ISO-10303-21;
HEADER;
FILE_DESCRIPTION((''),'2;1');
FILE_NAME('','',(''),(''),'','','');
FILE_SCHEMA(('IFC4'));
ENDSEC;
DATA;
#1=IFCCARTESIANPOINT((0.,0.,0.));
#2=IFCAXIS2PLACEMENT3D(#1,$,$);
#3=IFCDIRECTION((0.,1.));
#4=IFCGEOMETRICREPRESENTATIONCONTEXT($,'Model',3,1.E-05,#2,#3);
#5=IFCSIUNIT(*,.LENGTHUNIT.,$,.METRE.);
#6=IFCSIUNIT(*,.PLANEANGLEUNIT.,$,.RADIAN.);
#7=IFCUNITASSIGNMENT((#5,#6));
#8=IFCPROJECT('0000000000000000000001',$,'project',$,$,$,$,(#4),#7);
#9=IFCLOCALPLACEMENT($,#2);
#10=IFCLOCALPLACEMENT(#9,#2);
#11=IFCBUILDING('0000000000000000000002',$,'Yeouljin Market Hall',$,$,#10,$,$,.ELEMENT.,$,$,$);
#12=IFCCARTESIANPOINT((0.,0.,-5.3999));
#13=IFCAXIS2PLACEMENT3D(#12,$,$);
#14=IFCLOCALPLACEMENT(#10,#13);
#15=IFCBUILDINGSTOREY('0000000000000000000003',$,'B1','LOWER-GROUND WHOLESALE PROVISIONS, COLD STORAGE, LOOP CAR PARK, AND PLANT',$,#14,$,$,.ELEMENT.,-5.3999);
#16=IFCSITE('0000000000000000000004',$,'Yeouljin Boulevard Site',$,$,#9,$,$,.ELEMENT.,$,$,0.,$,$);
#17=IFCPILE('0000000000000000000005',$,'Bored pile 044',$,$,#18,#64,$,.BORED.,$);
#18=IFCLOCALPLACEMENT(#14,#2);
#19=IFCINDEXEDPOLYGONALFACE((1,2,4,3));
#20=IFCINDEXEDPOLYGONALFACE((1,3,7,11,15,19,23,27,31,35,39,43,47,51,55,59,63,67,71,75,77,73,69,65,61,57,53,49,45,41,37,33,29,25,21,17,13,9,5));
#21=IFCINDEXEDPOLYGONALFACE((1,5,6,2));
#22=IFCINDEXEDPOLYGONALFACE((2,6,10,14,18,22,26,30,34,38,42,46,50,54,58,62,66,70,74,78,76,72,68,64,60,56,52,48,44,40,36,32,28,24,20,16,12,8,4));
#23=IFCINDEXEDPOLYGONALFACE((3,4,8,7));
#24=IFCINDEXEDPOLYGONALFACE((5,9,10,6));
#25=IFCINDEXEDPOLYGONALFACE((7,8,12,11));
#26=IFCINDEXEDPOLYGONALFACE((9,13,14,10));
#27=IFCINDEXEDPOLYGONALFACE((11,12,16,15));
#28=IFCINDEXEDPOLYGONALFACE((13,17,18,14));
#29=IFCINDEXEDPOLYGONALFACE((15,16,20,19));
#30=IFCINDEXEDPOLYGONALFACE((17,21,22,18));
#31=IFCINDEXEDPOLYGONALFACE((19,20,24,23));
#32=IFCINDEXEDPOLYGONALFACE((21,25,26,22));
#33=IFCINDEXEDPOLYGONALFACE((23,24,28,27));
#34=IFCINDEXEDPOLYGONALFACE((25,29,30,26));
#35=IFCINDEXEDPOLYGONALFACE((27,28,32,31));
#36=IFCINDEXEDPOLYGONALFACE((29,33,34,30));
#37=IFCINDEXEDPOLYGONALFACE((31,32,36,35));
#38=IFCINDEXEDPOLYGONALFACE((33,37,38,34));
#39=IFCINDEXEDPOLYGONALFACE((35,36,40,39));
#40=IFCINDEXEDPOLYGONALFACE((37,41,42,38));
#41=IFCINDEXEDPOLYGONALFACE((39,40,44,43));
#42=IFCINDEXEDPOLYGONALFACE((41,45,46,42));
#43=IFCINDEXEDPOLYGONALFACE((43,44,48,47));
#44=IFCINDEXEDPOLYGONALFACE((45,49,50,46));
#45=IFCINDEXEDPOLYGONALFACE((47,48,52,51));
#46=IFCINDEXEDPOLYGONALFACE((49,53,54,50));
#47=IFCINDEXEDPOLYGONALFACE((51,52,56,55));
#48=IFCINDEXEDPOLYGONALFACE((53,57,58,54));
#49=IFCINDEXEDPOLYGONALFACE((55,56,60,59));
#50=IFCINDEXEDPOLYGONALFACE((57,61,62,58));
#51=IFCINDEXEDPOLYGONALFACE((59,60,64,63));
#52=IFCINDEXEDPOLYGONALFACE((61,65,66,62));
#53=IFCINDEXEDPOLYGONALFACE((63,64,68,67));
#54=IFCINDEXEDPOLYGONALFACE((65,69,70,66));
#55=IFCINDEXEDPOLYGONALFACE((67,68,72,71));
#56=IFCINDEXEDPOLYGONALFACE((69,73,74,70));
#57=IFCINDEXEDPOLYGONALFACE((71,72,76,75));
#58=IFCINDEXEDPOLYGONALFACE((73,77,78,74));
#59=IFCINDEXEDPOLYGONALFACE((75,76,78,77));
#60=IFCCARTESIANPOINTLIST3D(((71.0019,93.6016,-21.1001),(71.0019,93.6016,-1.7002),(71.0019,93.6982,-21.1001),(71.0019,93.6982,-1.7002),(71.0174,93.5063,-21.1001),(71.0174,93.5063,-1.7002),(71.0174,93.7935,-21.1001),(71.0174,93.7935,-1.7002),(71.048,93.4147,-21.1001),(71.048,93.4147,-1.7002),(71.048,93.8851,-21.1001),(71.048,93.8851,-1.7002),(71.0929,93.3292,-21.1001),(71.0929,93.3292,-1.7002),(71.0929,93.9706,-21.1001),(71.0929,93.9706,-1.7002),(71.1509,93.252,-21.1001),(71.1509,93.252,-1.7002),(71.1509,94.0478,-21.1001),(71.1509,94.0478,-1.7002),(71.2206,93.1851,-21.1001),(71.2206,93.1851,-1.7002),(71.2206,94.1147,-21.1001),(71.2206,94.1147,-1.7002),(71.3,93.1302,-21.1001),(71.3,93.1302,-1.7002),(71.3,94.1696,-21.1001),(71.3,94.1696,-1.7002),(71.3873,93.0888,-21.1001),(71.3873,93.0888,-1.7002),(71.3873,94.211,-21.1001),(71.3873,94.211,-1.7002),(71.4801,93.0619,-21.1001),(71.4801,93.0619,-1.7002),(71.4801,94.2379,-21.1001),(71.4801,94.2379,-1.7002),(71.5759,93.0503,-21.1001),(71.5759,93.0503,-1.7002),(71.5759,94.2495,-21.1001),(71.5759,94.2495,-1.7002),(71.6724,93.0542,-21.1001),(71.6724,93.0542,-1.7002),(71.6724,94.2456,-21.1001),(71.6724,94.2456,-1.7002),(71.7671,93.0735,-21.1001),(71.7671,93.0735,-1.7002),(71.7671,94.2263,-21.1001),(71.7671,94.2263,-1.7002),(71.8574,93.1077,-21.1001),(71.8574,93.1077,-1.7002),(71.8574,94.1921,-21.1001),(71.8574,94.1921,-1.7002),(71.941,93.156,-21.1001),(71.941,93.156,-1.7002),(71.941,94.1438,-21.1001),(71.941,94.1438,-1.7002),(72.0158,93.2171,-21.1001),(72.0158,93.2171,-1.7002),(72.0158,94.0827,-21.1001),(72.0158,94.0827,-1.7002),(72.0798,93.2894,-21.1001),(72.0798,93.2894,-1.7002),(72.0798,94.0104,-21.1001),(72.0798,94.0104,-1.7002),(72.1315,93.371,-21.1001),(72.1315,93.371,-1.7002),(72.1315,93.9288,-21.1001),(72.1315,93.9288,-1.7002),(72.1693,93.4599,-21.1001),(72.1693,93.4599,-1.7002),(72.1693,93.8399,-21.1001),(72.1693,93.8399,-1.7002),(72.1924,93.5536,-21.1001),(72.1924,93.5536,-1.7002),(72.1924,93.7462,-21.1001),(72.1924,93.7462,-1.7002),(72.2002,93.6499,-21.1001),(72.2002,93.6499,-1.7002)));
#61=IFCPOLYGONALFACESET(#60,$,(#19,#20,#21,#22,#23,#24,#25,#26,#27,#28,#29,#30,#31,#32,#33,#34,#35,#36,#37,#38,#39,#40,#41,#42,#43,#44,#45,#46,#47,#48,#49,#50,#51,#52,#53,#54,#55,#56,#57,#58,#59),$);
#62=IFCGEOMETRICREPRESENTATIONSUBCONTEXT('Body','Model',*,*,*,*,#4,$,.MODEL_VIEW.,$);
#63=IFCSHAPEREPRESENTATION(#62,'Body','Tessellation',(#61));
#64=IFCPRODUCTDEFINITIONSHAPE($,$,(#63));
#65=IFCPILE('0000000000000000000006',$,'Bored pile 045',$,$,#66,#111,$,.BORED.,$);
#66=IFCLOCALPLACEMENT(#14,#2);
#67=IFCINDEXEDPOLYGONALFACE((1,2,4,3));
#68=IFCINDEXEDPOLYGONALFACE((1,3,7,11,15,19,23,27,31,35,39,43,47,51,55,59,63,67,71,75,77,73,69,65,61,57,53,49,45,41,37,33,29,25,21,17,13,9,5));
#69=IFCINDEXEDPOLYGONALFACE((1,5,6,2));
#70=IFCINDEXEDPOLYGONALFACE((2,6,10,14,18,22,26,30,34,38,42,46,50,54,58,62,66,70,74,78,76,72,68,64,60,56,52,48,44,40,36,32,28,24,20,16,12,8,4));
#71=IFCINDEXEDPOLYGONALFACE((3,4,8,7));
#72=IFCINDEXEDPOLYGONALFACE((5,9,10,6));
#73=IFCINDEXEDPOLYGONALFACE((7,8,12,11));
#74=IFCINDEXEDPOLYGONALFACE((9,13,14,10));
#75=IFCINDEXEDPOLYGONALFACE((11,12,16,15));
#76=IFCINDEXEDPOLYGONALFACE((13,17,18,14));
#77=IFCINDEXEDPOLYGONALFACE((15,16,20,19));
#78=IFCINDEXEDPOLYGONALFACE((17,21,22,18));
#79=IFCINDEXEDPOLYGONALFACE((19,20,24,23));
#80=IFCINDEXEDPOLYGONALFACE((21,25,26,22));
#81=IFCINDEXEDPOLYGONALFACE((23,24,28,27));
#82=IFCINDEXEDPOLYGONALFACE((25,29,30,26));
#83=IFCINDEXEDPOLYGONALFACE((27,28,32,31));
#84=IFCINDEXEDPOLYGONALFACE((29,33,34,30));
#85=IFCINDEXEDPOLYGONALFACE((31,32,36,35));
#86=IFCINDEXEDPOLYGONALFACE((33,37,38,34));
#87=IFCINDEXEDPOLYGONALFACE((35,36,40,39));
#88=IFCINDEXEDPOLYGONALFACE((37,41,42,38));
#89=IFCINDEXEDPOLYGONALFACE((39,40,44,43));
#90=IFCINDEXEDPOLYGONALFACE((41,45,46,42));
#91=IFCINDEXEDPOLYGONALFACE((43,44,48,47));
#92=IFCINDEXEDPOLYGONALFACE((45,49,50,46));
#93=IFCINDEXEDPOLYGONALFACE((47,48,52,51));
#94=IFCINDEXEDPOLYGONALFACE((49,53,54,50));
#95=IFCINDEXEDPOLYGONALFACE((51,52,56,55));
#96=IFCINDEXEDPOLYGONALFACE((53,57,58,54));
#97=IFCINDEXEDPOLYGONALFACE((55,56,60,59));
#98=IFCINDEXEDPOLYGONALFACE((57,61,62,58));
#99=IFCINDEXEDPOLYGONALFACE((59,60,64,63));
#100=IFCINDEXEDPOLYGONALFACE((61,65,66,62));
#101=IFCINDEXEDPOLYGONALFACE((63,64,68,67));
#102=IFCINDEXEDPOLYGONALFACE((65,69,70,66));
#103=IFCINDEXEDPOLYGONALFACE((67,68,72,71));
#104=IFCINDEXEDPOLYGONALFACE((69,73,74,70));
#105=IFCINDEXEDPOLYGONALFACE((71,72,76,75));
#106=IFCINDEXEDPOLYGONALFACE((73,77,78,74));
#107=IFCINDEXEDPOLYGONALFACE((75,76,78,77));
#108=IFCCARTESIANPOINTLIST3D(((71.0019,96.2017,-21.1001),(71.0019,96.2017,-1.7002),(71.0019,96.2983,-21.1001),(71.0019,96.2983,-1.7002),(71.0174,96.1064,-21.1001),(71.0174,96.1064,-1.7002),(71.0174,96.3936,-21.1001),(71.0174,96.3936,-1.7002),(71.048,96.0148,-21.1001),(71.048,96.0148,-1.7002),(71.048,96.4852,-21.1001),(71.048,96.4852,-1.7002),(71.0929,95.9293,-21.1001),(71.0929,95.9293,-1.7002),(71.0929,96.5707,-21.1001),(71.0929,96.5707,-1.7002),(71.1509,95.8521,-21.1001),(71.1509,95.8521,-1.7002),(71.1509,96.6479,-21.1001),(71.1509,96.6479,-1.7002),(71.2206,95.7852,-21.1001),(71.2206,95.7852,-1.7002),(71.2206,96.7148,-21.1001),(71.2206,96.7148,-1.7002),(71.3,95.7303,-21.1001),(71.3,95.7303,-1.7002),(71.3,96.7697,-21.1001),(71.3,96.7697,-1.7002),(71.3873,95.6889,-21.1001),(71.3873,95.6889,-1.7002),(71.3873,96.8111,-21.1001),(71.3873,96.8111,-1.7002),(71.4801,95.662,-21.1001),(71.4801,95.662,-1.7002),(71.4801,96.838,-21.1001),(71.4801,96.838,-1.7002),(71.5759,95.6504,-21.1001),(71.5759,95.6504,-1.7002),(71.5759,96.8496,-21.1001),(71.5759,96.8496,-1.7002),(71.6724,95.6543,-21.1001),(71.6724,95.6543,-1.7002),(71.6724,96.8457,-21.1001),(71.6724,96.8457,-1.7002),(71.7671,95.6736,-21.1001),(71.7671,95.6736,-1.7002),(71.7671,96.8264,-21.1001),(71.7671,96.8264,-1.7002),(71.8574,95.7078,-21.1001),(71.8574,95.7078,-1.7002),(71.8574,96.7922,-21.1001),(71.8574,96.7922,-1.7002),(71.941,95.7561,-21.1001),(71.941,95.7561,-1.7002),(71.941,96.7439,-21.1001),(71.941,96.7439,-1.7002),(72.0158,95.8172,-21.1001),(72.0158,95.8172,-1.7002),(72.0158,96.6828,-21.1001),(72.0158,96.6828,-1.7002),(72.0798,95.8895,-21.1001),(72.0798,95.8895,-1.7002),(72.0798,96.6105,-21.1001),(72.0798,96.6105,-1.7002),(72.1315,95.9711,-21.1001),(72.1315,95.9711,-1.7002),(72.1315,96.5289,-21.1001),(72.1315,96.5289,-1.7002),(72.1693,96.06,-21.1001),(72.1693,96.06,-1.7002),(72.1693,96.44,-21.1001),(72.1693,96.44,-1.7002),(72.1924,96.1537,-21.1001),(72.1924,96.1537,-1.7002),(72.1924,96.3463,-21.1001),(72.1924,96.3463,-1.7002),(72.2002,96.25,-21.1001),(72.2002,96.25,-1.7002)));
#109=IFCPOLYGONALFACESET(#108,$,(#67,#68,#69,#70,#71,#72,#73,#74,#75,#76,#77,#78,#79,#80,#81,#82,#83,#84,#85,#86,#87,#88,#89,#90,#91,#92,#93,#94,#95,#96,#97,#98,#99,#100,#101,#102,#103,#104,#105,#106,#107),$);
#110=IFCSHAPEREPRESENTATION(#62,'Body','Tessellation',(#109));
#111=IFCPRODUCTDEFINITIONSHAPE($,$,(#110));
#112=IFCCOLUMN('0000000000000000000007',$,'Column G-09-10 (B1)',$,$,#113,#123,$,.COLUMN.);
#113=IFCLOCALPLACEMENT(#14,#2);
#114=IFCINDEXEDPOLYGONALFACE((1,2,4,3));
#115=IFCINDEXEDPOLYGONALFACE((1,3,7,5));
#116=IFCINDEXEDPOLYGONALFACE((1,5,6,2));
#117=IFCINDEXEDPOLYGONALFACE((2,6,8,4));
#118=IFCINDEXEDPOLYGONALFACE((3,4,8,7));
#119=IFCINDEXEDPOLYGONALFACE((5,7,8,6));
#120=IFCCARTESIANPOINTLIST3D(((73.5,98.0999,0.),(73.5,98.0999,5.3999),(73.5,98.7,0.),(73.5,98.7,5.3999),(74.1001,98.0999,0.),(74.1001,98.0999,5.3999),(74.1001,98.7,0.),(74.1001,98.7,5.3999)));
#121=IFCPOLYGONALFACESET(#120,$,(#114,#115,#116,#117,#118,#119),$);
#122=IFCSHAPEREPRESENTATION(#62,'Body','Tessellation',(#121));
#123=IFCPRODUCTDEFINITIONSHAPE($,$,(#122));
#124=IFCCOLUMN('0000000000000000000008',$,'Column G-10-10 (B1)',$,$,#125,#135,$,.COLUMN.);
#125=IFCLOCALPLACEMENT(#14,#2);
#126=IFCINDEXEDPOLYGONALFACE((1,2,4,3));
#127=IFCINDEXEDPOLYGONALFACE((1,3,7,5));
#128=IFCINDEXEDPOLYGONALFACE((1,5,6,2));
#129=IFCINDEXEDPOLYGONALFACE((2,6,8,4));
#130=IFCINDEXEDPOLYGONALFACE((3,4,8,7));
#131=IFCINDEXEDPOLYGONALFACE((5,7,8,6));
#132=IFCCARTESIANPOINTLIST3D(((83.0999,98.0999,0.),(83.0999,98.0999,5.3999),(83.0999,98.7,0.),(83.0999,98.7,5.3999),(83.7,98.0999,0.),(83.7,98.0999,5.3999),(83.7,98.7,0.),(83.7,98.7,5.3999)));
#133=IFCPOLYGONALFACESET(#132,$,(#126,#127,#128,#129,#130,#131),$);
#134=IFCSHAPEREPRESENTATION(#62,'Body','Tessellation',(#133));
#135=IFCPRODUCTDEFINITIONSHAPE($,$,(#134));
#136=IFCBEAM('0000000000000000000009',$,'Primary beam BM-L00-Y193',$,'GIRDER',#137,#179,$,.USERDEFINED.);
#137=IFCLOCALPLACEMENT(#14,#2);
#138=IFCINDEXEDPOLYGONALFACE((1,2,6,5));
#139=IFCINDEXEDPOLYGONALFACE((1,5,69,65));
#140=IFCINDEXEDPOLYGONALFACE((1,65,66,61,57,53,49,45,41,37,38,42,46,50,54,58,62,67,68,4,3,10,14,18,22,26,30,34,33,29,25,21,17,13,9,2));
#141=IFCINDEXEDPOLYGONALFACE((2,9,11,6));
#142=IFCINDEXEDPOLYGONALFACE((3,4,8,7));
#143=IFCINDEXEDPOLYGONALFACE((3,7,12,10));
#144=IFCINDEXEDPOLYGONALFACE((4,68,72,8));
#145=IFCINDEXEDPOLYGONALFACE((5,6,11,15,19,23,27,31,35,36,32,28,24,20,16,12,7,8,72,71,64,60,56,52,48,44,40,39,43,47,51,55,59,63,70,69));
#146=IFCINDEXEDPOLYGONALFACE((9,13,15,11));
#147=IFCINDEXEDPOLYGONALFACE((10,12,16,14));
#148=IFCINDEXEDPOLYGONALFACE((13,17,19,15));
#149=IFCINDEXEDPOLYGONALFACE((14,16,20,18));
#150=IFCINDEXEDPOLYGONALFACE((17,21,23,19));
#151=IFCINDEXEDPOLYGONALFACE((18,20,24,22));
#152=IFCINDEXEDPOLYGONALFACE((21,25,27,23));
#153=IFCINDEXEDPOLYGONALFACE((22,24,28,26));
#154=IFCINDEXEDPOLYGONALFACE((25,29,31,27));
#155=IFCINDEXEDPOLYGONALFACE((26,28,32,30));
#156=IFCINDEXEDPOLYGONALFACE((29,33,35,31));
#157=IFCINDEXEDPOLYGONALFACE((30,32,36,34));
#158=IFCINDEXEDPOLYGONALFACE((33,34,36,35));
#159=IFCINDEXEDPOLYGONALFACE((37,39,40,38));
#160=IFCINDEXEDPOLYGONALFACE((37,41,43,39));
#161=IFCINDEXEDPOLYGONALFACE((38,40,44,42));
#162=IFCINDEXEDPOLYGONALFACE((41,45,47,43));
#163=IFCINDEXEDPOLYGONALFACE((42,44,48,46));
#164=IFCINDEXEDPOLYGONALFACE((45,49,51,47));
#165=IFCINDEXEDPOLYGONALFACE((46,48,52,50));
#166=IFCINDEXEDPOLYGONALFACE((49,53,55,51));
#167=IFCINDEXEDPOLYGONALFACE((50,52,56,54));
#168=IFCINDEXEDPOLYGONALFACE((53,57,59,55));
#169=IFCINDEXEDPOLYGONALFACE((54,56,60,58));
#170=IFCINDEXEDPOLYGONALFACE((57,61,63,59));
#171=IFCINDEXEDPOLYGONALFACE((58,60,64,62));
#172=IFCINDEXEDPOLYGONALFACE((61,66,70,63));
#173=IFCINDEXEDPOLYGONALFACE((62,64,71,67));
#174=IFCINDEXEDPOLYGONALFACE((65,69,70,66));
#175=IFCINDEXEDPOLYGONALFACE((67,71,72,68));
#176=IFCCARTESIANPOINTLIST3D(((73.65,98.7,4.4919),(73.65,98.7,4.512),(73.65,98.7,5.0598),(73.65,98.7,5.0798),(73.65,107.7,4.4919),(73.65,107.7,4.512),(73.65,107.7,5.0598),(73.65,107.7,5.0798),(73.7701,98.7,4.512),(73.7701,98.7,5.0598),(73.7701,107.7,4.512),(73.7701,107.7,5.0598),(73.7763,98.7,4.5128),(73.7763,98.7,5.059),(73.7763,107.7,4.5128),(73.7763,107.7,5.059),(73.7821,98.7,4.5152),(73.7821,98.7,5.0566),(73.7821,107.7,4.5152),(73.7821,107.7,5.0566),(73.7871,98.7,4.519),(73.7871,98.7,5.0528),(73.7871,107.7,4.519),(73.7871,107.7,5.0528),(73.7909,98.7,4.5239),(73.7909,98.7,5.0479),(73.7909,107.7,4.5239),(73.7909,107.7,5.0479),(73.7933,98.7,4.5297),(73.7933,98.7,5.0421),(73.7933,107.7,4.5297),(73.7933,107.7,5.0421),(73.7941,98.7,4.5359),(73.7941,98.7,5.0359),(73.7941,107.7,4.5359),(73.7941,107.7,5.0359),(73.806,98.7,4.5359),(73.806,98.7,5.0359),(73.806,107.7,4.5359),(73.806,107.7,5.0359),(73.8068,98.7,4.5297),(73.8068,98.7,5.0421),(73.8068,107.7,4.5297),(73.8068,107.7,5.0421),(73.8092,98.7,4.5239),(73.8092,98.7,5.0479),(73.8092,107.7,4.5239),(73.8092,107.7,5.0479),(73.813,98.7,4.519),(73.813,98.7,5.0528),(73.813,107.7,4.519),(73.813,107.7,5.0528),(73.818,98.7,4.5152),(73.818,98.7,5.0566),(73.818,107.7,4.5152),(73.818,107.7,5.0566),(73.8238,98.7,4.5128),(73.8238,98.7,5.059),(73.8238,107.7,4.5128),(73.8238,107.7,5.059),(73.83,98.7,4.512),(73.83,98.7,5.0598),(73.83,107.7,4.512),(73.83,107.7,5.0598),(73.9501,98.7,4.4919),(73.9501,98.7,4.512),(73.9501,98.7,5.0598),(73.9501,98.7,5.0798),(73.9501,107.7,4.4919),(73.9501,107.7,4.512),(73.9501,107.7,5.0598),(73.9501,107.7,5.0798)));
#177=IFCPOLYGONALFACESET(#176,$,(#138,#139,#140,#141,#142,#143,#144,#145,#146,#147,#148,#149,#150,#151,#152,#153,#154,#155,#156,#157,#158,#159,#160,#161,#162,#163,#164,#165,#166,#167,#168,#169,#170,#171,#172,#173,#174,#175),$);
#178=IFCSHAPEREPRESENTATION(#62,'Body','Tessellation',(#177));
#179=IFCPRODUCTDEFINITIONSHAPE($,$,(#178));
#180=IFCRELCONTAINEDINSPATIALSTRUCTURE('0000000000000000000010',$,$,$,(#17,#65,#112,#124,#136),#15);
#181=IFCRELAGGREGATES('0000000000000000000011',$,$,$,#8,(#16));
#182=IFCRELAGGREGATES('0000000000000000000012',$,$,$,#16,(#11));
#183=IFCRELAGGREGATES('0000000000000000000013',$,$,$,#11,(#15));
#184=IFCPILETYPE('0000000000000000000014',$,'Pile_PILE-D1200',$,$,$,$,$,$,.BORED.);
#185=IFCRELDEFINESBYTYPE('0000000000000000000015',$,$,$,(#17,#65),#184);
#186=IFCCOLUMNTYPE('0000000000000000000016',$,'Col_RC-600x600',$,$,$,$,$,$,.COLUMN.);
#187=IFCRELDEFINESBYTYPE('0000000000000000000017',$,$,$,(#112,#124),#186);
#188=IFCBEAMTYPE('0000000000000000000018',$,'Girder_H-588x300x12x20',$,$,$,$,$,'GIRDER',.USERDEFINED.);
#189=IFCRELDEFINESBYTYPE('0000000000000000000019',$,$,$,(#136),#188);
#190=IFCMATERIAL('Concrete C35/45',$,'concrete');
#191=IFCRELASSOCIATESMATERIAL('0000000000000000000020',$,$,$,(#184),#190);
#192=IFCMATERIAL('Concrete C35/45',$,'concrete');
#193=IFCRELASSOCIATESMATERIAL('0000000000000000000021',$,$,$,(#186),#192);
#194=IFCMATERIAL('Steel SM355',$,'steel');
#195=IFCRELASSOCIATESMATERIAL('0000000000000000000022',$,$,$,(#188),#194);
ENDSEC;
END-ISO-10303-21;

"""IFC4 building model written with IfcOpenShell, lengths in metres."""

from ifc_helpers import new_model, si_unit, direction, frame, origin, origin_2d, place, context, subcontext, project, spatial, rectangle, circle, i_section, extrude, material, material_profile, profile_set, type_object, element, save


model = new_model("IFC4")

# Units and contexts
model_context = context("Model", 3, precision=1e-05, world=origin(), true_north=direction((0.0, 1.0)))
body_context = subcontext(model_context, "Body", "Model", "MODEL_VIEW")
ifc_project = project(units=[si_unit("LENGTHUNIT", "METRE"), si_unit("PLANEANGLEUNIT", "RADIAN")], contexts=[model_context])

# Site, building, storey
site_placement = place(None, origin())
site = spatial("IfcSite", under=ifc_project, at=site_placement, Name="Yeouljin Boulevard Site", CompositionType="ELEMENT", RefElevation=0.0)
building_placement = place(site_placement, origin())
building = spatial("IfcBuilding", under=site, at=building_placement, Name="Yeouljin Market Hall", CompositionType="ELEMENT")
storey_placement = place(building_placement, frame((0.0, 0.0, -5.3999)))
storey = spatial("IfcBuildingStorey", under=building, at=storey_placement, Name="B1", Description="LOWER-GROUND WHOLESALE PROVISIONS, COLD STORAGE, LOOP CAR PARK, AND PLANT", CompositionType="ELEMENT", Elevation=-5.3999)

# Piles
ifc_material_1 = material(Name="Concrete C35/45", Category="concrete")
ifc_material_profile_1 = material_profile(ifc_material_1, circle(Radius=0.6001, at=origin_2d()), Name="PILE-D1200")
ifc_profile_set_1 = profile_set([ifc_material_profile_1], Name="Concrete C35/45")
pile_type = type_object("IfcPileType", Name="Pile_PILE-D1200", PredefinedType="BORED", material=ifc_profile_set_1)
for number, where, z_axis, x_axis, name in (
    (1, (71.6001, 93.6499, -1.7002), (0.0, 0.0, -1.0), (1.0, 0.0, 0.0), "Bored pile 044"),
    (2, (71.6001, 96.25, -1.7002), (0.0, 0.0, -1.0), (1.0, 0.0, 0.0), "Bored pile 045"),
):
    element("IfcPile", number, at=place(storey_placement, frame(where, z_axis=z_axis, x_axis=x_axis)), inside=storey, type_object=pile_type, Name=name, PredefinedType="BORED", context=body_context, shape_type="SweptSolid", body=[
        extrude(circle(Radius=0.6001, at=origin_2d()), origin(), (0.0, 0.0, 1.0), 19.3999),
    ])

# Columns
ifc_material_2 = material(Name="Concrete C35/45", Category="concrete")
ifc_material_profile_2 = material_profile(ifc_material_2, rectangle(XDim=0.6001, YDim=0.6001, at=origin_2d()), Name="RC-600x600")
ifc_profile_set_2 = profile_set([ifc_material_profile_2], Name="Concrete C35/45")
column_type = type_object("IfcColumnType", Name="Col_RC-600x600", PredefinedType="COLUMN", material=ifc_profile_set_2)
for number, where, z_axis, x_axis, name in (
    (3, (73.8, 98.3999, 0.0), (0.0, 0.0, 1.0), (1.0, 0.0, 0.0), "Column G-09-10 (B1)"),
    (4, (83.3999, 98.3999, 0.0), (0.0, 0.0, 1.0), (1.0, 0.0, 0.0), "Column G-10-10 (B1)"),
):
    element("IfcColumn", number, at=place(storey_placement, frame(where, z_axis=z_axis, x_axis=x_axis)), inside=storey, type_object=column_type, Name=name, PredefinedType="COLUMN", context=body_context, shape_type="SweptSolid", body=[
        extrude(rectangle(XDim=0.6001, YDim=0.6001, at=origin_2d()), origin(), (0.0, 0.0, 1.0), 5.3999),
    ])

# Beam
ifc_material_3 = material(Name="Steel SM355", Category="steel")
ifc_material_profile_3 = material_profile(ifc_material_3, i_section(OverallWidth=0.3, OverallDepth=0.5879, WebThickness=0.012, FlangeThickness=0.02, FilletRadius=0.0239, at=origin_2d()), Name="H-588x300x12x20")
ifc_profile_set_3 = profile_set([ifc_material_profile_3], Name="Steel SM355")
beam_type_1 = type_object("IfcBeamType", Name="Girder_H-588x300x12x20", ElementType="GIRDER", PredefinedType="USERDEFINED", material=ifc_profile_set_3)
beam_1_placement = place(storey_placement, frame((73.8, 98.7, 4.7859), z_axis=(0.0, 1.0, 0.0), x_axis=(-1.0, 0.0, 0.0)))
element("IfcBeam", 5, at=beam_1_placement, inside=storey, type_object=beam_type_1, Name="Primary beam BM-L00-Y193", ObjectType="GIRDER", PredefinedType="USERDEFINED", context=body_context, shape_type="SweptSolid", body=[
    extrude(i_section(OverallWidth=0.3, OverallDepth=0.5879, WebThickness=0.012, FlangeThickness=0.02, FilletRadius=0.0239, at=origin_2d()), origin(), (0.0, 0.0, 1.0), 9.0),
])

save(model, "model.ifc")
